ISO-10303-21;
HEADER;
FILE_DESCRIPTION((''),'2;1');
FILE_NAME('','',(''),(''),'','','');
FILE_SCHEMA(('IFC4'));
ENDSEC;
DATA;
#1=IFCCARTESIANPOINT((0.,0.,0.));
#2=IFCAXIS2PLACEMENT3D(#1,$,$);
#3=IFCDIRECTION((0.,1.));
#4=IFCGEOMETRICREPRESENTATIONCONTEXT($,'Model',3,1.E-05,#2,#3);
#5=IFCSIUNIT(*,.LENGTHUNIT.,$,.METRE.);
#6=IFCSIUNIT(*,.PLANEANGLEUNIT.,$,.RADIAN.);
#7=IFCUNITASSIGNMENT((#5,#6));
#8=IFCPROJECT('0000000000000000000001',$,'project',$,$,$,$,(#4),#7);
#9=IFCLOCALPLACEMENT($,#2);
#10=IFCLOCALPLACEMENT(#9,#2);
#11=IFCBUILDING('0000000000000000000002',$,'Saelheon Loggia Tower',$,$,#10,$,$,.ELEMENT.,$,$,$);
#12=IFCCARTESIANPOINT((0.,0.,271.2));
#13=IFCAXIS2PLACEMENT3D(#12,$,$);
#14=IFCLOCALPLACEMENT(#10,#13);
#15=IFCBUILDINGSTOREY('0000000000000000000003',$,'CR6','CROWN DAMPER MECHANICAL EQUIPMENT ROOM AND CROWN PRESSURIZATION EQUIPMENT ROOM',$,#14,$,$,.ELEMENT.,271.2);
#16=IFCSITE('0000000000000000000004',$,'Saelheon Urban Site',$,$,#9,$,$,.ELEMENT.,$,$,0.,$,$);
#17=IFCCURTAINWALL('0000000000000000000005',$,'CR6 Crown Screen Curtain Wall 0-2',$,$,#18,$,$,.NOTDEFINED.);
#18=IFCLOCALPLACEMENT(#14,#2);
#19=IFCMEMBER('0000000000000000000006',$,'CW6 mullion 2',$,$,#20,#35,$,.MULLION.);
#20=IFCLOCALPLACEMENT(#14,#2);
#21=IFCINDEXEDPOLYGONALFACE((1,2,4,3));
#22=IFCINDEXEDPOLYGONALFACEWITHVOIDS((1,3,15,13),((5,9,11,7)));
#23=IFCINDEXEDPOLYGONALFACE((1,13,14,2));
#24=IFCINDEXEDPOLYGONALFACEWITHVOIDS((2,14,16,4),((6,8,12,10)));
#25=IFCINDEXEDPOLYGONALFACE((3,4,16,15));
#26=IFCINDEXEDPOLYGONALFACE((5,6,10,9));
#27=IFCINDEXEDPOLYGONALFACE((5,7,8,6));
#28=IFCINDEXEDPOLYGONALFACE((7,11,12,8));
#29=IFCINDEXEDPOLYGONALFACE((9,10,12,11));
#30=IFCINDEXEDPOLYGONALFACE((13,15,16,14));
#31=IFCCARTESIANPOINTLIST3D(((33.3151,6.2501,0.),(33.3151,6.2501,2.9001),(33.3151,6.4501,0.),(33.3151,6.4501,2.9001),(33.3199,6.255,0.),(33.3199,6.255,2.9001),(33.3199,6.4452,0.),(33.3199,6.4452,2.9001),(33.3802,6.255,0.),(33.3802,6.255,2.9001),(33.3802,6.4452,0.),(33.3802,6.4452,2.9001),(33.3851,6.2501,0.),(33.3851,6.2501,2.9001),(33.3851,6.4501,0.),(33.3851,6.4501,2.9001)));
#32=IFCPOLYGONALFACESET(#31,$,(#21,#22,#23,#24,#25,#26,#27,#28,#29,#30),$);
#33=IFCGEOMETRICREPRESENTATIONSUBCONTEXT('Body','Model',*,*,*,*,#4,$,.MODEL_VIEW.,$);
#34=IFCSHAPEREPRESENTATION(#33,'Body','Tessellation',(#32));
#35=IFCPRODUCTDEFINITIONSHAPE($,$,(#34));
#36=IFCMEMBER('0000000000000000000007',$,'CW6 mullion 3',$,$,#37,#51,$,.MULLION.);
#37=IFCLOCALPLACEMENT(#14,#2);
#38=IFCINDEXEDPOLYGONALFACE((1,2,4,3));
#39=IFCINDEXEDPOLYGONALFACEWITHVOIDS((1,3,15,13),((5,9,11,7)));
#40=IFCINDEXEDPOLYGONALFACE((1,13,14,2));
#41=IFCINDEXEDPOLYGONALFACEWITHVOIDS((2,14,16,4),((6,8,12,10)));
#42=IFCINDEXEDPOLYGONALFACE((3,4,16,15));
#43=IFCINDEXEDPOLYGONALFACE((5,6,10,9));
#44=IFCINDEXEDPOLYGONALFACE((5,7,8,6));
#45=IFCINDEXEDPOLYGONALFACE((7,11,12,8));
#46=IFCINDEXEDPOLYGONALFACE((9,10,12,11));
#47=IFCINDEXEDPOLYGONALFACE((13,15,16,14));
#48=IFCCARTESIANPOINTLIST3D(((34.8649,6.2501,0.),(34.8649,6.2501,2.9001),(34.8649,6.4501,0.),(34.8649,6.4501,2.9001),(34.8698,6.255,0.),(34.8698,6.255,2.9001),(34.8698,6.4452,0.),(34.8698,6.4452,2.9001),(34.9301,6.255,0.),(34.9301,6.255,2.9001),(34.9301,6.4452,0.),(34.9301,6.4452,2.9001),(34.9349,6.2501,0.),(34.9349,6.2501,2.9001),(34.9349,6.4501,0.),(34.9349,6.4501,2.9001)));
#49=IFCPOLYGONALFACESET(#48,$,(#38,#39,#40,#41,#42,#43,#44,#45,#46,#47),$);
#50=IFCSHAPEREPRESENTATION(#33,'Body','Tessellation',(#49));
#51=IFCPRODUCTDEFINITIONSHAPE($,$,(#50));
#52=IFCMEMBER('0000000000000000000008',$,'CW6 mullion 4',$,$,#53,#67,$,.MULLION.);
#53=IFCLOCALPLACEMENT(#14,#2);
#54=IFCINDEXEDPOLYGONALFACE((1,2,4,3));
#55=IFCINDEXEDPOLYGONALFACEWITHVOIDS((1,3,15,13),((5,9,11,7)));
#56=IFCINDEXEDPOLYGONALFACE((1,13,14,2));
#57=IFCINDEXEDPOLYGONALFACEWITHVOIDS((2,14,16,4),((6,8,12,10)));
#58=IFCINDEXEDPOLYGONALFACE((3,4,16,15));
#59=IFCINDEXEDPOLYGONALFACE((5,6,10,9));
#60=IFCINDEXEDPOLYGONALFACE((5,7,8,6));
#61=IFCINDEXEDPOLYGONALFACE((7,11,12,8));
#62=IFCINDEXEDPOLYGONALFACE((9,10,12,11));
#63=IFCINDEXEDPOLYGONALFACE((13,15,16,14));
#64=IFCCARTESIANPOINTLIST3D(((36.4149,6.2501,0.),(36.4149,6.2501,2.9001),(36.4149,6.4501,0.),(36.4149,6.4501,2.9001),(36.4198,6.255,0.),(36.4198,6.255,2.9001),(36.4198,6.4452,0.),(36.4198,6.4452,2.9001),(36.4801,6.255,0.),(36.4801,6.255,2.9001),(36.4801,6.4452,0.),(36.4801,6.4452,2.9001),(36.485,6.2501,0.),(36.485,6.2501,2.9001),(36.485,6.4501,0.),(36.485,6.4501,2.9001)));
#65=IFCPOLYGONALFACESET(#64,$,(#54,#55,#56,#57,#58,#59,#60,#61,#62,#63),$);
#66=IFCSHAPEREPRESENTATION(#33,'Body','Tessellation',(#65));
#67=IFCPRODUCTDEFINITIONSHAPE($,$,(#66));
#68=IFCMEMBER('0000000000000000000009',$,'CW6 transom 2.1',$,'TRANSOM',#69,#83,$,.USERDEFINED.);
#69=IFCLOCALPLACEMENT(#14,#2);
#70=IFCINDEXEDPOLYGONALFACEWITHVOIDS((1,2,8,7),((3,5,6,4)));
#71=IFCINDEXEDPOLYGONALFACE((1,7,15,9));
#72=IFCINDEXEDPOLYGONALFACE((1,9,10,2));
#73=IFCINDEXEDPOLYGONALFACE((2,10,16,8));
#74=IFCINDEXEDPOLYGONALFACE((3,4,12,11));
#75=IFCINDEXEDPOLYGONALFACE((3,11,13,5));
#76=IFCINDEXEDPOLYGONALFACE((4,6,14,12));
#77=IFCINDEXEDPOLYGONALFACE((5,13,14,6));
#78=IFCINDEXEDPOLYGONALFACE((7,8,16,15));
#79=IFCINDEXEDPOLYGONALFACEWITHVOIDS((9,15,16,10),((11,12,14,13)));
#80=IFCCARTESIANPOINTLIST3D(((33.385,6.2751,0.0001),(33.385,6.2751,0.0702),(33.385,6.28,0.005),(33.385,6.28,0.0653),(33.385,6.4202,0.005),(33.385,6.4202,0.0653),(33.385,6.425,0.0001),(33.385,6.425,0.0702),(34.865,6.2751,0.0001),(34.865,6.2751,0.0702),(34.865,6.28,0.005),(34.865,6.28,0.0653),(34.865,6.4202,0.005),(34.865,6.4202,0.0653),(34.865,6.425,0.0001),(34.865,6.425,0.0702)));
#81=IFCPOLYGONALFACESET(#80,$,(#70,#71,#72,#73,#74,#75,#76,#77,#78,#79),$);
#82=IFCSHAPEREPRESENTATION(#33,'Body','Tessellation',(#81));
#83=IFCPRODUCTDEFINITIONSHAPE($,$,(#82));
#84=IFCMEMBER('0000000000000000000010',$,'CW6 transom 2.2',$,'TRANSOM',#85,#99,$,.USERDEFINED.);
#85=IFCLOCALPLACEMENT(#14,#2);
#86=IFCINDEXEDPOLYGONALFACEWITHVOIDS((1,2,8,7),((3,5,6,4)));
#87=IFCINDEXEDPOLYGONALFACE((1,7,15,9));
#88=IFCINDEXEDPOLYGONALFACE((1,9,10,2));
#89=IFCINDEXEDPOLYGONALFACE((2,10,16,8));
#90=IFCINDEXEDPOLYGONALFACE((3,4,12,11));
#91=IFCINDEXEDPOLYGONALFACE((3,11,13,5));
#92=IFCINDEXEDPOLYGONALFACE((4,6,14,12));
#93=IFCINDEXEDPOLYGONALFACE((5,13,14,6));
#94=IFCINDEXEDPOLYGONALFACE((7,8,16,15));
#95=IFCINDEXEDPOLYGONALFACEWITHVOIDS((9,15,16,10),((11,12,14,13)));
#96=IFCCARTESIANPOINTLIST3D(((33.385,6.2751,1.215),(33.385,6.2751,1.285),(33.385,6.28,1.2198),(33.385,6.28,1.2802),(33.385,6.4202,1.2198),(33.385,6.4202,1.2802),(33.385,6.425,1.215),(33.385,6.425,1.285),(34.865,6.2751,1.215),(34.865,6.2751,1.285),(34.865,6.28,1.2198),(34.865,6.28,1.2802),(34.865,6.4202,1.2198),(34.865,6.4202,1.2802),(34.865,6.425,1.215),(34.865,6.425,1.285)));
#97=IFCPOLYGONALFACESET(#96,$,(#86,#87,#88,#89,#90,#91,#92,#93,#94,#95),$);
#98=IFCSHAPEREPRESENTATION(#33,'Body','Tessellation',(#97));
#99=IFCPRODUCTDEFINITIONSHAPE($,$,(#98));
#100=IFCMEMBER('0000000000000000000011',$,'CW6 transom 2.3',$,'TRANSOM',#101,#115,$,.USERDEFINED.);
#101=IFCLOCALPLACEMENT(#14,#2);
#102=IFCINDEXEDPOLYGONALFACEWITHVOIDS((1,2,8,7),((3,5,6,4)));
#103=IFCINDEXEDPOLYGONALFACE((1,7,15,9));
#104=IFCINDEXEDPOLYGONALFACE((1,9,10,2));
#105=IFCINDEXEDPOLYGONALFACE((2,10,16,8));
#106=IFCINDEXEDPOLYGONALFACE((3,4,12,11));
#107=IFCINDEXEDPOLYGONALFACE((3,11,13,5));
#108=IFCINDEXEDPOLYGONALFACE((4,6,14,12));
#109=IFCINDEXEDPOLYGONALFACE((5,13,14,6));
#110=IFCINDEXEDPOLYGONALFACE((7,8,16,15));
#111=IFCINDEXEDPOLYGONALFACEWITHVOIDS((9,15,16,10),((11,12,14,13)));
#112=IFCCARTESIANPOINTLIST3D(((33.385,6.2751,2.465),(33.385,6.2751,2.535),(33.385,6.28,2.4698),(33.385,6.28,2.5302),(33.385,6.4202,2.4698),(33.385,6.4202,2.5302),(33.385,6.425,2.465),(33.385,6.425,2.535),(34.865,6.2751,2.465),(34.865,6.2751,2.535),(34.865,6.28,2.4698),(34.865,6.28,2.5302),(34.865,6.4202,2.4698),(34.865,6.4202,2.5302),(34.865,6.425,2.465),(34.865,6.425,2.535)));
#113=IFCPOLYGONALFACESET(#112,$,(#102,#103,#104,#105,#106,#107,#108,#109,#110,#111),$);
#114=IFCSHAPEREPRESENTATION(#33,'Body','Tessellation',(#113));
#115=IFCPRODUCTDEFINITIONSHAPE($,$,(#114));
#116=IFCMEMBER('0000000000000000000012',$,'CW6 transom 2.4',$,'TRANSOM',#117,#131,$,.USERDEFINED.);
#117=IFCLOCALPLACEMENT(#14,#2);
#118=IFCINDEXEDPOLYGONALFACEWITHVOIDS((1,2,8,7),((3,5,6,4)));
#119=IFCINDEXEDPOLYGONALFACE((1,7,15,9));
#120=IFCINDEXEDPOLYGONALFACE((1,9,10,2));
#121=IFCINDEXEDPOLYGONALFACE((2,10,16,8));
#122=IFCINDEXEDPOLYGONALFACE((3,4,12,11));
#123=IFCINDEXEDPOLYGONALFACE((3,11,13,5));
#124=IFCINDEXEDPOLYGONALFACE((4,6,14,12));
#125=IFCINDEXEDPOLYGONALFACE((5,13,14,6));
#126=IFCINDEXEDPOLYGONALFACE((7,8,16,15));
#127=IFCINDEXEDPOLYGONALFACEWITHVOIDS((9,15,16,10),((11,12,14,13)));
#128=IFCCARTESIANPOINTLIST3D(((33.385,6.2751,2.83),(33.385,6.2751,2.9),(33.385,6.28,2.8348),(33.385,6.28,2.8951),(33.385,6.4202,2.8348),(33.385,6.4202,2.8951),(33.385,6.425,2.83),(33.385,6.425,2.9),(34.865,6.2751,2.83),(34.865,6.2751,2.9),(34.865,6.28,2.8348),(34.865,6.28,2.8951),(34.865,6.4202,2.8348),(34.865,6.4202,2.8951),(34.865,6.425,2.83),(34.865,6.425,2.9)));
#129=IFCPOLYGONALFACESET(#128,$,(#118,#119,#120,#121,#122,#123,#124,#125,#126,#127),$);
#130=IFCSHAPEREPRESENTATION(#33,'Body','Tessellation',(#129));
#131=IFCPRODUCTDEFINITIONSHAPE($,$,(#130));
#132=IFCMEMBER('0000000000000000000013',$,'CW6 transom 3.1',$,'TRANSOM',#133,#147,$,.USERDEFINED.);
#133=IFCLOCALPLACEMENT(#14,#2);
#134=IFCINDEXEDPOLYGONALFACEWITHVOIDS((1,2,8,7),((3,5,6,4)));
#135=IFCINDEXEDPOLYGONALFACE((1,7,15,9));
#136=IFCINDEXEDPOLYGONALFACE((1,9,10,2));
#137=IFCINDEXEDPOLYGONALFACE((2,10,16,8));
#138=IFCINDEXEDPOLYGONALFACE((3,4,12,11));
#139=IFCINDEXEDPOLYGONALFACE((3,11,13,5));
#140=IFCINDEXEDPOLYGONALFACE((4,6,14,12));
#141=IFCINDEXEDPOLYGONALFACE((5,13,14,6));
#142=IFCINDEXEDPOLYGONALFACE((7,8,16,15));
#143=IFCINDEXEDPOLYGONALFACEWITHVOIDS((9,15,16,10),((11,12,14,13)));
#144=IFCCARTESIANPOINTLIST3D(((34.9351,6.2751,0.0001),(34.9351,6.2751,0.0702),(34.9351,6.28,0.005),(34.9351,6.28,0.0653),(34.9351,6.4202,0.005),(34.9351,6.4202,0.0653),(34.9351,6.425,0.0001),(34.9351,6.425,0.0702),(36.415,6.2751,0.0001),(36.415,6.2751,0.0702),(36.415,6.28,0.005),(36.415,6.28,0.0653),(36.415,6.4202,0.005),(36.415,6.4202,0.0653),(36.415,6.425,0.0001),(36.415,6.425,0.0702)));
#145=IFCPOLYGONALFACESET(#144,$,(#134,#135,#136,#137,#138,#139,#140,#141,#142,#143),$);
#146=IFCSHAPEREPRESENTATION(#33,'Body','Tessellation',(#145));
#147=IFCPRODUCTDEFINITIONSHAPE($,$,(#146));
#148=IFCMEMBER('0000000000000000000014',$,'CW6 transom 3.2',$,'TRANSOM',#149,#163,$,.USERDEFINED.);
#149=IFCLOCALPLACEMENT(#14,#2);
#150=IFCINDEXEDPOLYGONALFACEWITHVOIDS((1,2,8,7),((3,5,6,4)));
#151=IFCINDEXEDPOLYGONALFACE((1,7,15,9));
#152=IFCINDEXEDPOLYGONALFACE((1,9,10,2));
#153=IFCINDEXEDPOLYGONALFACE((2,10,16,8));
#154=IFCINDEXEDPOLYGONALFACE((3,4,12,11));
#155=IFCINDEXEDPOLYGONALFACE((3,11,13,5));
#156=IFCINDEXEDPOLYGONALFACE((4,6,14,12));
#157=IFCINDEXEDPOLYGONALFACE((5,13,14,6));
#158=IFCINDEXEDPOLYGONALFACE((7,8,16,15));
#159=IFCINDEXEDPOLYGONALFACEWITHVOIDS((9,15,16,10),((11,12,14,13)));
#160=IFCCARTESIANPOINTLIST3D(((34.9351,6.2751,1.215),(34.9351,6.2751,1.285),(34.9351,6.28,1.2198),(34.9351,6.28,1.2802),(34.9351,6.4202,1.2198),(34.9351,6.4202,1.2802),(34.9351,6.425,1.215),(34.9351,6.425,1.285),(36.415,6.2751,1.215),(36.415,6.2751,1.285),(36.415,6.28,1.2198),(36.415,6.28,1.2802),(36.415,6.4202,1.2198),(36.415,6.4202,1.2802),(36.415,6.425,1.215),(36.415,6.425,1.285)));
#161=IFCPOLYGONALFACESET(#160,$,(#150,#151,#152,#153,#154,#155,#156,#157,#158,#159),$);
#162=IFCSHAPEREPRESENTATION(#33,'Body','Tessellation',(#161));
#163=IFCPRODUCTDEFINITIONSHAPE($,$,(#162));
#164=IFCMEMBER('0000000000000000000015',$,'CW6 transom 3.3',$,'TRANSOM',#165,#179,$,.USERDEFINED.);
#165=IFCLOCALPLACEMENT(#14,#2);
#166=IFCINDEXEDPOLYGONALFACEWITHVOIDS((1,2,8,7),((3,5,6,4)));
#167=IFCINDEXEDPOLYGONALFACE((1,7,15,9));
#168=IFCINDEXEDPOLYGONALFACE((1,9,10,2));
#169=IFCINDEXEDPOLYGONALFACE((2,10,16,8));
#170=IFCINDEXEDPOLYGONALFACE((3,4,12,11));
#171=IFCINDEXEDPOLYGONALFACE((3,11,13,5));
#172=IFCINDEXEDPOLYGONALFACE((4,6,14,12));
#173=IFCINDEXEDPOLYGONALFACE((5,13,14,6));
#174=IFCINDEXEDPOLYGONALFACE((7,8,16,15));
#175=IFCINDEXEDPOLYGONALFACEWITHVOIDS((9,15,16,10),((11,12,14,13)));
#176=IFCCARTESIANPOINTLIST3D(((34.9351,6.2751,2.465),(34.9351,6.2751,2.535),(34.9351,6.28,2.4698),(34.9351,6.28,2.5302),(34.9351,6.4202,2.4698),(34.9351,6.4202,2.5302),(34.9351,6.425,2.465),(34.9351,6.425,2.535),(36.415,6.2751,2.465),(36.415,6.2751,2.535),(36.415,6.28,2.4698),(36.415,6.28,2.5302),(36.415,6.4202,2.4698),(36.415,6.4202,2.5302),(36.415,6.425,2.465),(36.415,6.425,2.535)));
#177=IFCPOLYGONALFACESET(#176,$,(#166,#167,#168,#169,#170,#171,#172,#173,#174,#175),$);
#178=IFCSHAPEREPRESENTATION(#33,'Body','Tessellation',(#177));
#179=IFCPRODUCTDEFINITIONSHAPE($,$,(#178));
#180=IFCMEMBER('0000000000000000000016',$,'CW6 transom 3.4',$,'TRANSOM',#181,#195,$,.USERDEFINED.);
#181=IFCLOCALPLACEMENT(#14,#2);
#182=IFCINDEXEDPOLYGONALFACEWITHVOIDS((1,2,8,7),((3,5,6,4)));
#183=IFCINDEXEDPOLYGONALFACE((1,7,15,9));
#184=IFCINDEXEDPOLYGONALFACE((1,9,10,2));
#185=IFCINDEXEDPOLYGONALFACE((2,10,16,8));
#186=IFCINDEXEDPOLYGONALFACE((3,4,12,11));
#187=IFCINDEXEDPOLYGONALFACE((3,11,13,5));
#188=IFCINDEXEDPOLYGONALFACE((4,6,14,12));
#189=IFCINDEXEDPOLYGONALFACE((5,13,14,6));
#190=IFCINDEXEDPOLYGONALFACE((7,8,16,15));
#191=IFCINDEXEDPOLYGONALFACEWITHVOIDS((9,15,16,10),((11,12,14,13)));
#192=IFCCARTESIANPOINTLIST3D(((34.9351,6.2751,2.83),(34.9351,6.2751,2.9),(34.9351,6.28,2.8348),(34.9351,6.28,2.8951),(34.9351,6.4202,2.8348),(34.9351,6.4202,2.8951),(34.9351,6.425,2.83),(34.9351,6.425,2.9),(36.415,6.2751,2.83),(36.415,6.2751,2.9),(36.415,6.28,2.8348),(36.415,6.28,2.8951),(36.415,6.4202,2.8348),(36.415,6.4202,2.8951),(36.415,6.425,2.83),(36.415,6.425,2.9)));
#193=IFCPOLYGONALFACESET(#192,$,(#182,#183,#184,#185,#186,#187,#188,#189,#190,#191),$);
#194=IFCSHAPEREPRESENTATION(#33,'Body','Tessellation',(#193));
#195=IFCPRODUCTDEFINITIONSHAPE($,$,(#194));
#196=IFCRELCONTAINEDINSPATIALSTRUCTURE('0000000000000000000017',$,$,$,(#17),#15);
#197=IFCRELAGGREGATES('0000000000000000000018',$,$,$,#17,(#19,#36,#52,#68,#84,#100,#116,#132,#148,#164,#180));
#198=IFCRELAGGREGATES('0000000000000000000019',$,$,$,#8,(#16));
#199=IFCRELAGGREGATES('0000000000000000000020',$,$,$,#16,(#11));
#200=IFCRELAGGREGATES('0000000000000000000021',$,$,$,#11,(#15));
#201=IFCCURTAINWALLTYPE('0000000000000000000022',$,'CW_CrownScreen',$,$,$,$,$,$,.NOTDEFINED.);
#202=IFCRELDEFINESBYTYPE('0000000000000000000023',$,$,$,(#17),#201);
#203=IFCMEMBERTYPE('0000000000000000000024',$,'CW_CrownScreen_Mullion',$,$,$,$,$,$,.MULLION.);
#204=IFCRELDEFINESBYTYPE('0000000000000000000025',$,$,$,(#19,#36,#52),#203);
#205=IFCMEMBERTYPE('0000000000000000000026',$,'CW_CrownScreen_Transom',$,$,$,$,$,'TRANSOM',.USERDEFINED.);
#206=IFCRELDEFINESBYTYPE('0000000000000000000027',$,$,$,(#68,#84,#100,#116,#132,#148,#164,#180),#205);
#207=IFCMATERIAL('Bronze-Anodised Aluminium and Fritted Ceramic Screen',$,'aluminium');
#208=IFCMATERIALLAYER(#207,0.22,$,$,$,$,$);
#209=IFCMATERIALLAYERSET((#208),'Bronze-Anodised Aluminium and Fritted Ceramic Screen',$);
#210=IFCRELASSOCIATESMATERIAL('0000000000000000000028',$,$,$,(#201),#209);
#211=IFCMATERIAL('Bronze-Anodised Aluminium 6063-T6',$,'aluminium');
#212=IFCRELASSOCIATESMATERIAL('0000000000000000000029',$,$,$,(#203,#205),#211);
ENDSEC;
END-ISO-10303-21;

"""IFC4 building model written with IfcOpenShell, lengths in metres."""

from ifc_helpers import new_model, si_unit, direction, frame, origin, origin_2d, place, context, subcontext, project, spatial, hollow_rectangle, extrude, source, transform, mapped, material, layer, layer_set, material_profile, profile_set, type_object, element, aggregate, save


model = new_model("IFC4")

# Units and contexts
model_context = context("Model", 3, precision=1e-05, world=origin(), true_north=direction((0.0, 1.0)))
body_context = subcontext(model_context, "Body", "Model", "MODEL_VIEW")
ifc_project = project(units=[si_unit("LENGTHUNIT", "METRE"), si_unit("PLANEANGLEUNIT", "RADIAN")], contexts=[model_context])

# Site, building, storey
site_placement = place(None, origin())
site = spatial("IfcSite", under=ifc_project, at=site_placement, Name="Saelheon Urban Site", CompositionType="ELEMENT", RefElevation=0.0)
building_placement = place(site_placement, origin())
building = spatial("IfcBuilding", under=site, at=building_placement, Name="Saelheon Loggia Tower", CompositionType="ELEMENT")
storey_placement = place(building_placement, frame((0.0, 0.0, 271.2)))
storey = spatial("IfcBuildingStorey", under=building, at=storey_placement, Name="CR6", Description="CROWN DAMPER MECHANICAL EQUIPMENT ROOM AND CROWN PRESSURIZATION EQUIPMENT ROOM", CompositionType="ELEMENT", Elevation=271.2)

# Curtain wall, members
ifc_material_1 = material(Name="Bronze-Anodised Aluminium and Fritted Ceramic Screen", Category="aluminium")
ifc_layer_1 = layer(ifc_material_1, 0.22)
ifc_layer_set_1 = layer_set([ifc_layer_1], Name="Bronze-Anodised Aluminium and Fritted Ceramic Screen")
curtain_wall_type = type_object("IfcCurtainWallType", Name="CW_CrownScreen", PredefinedType="NOTDEFINED", material=ifc_layer_set_1)
curtain_wall_placement = place(storey_placement, origin())
curtain_wall = element("IfcCurtainWall", 1, at=curtain_wall_placement, inside=storey, type_object=curtain_wall_type, Name="CR6 Crown Screen Curtain Wall 0-2", PredefinedType="NOTDEFINED")
ifc_material_2 = material(Name="Bronze-Anodised Aluminium 6063-T6", Category="aluminium")
ifc_material_profile_1 = material_profile(ifc_material_2, hollow_rectangle(XDim=0.0701, YDim=0.2, WallThickness=0.0049, at=origin_2d()), Name="RHS-200x70x5")
ifc_profile_set_1 = profile_set([ifc_material_profile_1], Name="Bronze-Anodised Aluminium 6063-T6")
member_type_1 = type_object("IfcMemberType", Name="CW_CrownScreen_Mullion", PredefinedType="MULLION", material=ifc_profile_set_1)
shared_shape_1 = source(origin(), body_context, "Body", "SweptSolid", [
    extrude(hollow_rectangle(XDim=0.0701, YDim=0.2, WallThickness=0.0049, at=origin_2d()), origin(), (0.0, 0.0, 1.0), 2.9001),
])
member_1_placement = place(storey_placement, frame((33.3501, 6.3501, 0.0), z_axis=(0.0, 0.0, 1.0), x_axis=(1.0, 0.0, 0.0)))
member_1 = element("IfcMember", 2, at=member_1_placement, type_object=member_type_1, Name="CW6 mullion 2", PredefinedType="MULLION", context=body_context, shape_type="MappedRepresentation", body=[
    mapped(shared_shape_1, transform((0.0, 0.0, 0.0), scale=1.0)),
])
member_2_placement = place(storey_placement, frame((34.8999, 6.3501, 0.0), z_axis=(0.0, 0.0, 1.0), x_axis=(1.0, 0.0, 0.0)))
member_2 = element("IfcMember", 3, at=member_2_placement, type_object=member_type_1, Name="CW6 mullion 3", PredefinedType="MULLION", context=body_context, shape_type="MappedRepresentation", body=[
    mapped(shared_shape_1, transform((0.0, 0.0, 0.0), scale=1.0)),
])
member_3_placement = place(storey_placement, frame((36.45, 6.3501, 0.0), z_axis=(0.0, 0.0, 1.0), x_axis=(1.0, 0.0, 0.0)))
member_3 = element("IfcMember", 4, at=member_3_placement, type_object=member_type_1, Name="CW6 mullion 4", PredefinedType="MULLION", context=body_context, shape_type="MappedRepresentation", body=[
    mapped(shared_shape_1, transform((0.0, 0.0, 0.0), scale=1.0)),
])
ifc_material_profile_2 = material_profile(ifc_material_2, hollow_rectangle(XDim=0.0701, YDim=0.1499, WallThickness=0.0049, at=origin_2d()), Name="RHS-150x70x5")
ifc_profile_set_2 = profile_set([ifc_material_profile_2], Name="Bronze-Anodised Aluminium 6063-T6")
member_type_2 = type_object("IfcMemberType", Name="CW_CrownScreen_Transom", ElementType="TRANSOM", PredefinedType="USERDEFINED", material=ifc_profile_set_2)
shared_shape_2 = source(origin(), body_context, "Body", "SweptSolid", [
    extrude(hollow_rectangle(XDim=0.0701, YDim=0.1499, WallThickness=0.0049, at=origin_2d()), origin(), (0.0, 0.0, 1.0), 1.48),
])
member_4_placement = place(storey_placement, frame((33.385, 6.3501, 0.0352), z_axis=(1.0, 0.0, 0.0), x_axis=(0.0, 0.0, 1.0)))
member_4 = element("IfcMember", 5, at=member_4_placement, type_object=member_type_2, Name="CW6 transom 2.1", ObjectType="TRANSOM", PredefinedType="USERDEFINED", context=body_context, shape_type="MappedRepresentation", body=[
    mapped(shared_shape_2, transform((0.0, 0.0, 0.0), scale=1.0)),
])
member_5_placement = place(storey_placement, frame((33.385, 6.3501, 1.25), z_axis=(1.0, 0.0, 0.0), x_axis=(0.0, 0.0, 1.0)))
member_5 = element("IfcMember", 6, at=member_5_placement, type_object=member_type_2, Name="CW6 transom 2.2", ObjectType="TRANSOM", PredefinedType="USERDEFINED", context=body_context, shape_type="MappedRepresentation", body=[
    mapped(shared_shape_2, transform((0.0, 0.0, 0.0), scale=1.0)),
])
member_6_placement = place(storey_placement, frame((33.385, 6.3501, 2.5), z_axis=(1.0, 0.0, 0.0), x_axis=(0.0, 0.0, 1.0)))
member_6 = element("IfcMember", 7, at=member_6_placement, type_object=member_type_2, Name="CW6 transom 2.3", ObjectType="TRANSOM", PredefinedType="USERDEFINED", context=body_context, shape_type="MappedRepresentation", body=[
    mapped(shared_shape_2, transform((0.0, 0.0, 0.0), scale=1.0)),
])
member_7_placement = place(storey_placement, frame((33.385, 6.3501, 2.865), z_axis=(1.0, 0.0, 0.0), x_axis=(0.0, 0.0, 1.0)))
member_7 = element("IfcMember", 8, at=member_7_placement, type_object=member_type_2, Name="CW6 transom 2.4", ObjectType="TRANSOM", PredefinedType="USERDEFINED", context=body_context, shape_type="MappedRepresentation", body=[
    mapped(shared_shape_2, transform((0.0, 0.0, 0.0), scale=1.0)),
])
member_8_placement = place(storey_placement, frame((34.9351, 6.3501, 0.0352), z_axis=(1.0, 0.0, 0.0), x_axis=(0.0, 0.0, 1.0)))
member_8 = element("IfcMember", 9, at=member_8_placement, type_object=member_type_2, Name="CW6 transom 3.1", ObjectType="TRANSOM", PredefinedType="USERDEFINED", context=body_context, shape_type="MappedRepresentation", body=[
    mapped(shared_shape_2, transform((0.0, 0.0, 0.0), scale=1.0)),
])
member_9_placement = place(storey_placement, frame((34.9351, 6.3501, 1.25), z_axis=(1.0, 0.0, 0.0), x_axis=(0.0, 0.0, 1.0)))
member_9 = element("IfcMember", 10, at=member_9_placement, type_object=member_type_2, Name="CW6 transom 3.2", ObjectType="TRANSOM", PredefinedType="USERDEFINED", context=body_context, shape_type="MappedRepresentation", body=[
    mapped(shared_shape_2, transform((0.0, 0.0, 0.0), scale=1.0)),
])
member_10_placement = place(storey_placement, frame((34.9351, 6.3501, 2.5), z_axis=(1.0, 0.0, 0.0), x_axis=(0.0, 0.0, 1.0)))
member_10 = element("IfcMember", 11, at=member_10_placement, type_object=member_type_2, Name="CW6 transom 3.3", ObjectType="TRANSOM", PredefinedType="USERDEFINED", context=body_context, shape_type="MappedRepresentation", body=[
    mapped(shared_shape_2, transform((0.0, 0.0, 0.0), scale=1.0)),
])
member_11_placement = place(storey_placement, frame((34.9351, 6.3501, 2.865), z_axis=(1.0, 0.0, 0.0), x_axis=(0.0, 0.0, 1.0)))
member_11 = element("IfcMember", 12, at=member_11_placement, type_object=member_type_2, Name="CW6 transom 3.4", ObjectType="TRANSOM", PredefinedType="USERDEFINED", context=body_context, shape_type="MappedRepresentation", body=[
    mapped(shared_shape_2, transform((0.0, 0.0, 0.0), scale=1.0)),
])
aggregate(curtain_wall, [member_1, member_2, member_3, member_4, member_5, member_6, member_7, member_8, member_9, member_10, member_11])

save(model, "model.ifc")
